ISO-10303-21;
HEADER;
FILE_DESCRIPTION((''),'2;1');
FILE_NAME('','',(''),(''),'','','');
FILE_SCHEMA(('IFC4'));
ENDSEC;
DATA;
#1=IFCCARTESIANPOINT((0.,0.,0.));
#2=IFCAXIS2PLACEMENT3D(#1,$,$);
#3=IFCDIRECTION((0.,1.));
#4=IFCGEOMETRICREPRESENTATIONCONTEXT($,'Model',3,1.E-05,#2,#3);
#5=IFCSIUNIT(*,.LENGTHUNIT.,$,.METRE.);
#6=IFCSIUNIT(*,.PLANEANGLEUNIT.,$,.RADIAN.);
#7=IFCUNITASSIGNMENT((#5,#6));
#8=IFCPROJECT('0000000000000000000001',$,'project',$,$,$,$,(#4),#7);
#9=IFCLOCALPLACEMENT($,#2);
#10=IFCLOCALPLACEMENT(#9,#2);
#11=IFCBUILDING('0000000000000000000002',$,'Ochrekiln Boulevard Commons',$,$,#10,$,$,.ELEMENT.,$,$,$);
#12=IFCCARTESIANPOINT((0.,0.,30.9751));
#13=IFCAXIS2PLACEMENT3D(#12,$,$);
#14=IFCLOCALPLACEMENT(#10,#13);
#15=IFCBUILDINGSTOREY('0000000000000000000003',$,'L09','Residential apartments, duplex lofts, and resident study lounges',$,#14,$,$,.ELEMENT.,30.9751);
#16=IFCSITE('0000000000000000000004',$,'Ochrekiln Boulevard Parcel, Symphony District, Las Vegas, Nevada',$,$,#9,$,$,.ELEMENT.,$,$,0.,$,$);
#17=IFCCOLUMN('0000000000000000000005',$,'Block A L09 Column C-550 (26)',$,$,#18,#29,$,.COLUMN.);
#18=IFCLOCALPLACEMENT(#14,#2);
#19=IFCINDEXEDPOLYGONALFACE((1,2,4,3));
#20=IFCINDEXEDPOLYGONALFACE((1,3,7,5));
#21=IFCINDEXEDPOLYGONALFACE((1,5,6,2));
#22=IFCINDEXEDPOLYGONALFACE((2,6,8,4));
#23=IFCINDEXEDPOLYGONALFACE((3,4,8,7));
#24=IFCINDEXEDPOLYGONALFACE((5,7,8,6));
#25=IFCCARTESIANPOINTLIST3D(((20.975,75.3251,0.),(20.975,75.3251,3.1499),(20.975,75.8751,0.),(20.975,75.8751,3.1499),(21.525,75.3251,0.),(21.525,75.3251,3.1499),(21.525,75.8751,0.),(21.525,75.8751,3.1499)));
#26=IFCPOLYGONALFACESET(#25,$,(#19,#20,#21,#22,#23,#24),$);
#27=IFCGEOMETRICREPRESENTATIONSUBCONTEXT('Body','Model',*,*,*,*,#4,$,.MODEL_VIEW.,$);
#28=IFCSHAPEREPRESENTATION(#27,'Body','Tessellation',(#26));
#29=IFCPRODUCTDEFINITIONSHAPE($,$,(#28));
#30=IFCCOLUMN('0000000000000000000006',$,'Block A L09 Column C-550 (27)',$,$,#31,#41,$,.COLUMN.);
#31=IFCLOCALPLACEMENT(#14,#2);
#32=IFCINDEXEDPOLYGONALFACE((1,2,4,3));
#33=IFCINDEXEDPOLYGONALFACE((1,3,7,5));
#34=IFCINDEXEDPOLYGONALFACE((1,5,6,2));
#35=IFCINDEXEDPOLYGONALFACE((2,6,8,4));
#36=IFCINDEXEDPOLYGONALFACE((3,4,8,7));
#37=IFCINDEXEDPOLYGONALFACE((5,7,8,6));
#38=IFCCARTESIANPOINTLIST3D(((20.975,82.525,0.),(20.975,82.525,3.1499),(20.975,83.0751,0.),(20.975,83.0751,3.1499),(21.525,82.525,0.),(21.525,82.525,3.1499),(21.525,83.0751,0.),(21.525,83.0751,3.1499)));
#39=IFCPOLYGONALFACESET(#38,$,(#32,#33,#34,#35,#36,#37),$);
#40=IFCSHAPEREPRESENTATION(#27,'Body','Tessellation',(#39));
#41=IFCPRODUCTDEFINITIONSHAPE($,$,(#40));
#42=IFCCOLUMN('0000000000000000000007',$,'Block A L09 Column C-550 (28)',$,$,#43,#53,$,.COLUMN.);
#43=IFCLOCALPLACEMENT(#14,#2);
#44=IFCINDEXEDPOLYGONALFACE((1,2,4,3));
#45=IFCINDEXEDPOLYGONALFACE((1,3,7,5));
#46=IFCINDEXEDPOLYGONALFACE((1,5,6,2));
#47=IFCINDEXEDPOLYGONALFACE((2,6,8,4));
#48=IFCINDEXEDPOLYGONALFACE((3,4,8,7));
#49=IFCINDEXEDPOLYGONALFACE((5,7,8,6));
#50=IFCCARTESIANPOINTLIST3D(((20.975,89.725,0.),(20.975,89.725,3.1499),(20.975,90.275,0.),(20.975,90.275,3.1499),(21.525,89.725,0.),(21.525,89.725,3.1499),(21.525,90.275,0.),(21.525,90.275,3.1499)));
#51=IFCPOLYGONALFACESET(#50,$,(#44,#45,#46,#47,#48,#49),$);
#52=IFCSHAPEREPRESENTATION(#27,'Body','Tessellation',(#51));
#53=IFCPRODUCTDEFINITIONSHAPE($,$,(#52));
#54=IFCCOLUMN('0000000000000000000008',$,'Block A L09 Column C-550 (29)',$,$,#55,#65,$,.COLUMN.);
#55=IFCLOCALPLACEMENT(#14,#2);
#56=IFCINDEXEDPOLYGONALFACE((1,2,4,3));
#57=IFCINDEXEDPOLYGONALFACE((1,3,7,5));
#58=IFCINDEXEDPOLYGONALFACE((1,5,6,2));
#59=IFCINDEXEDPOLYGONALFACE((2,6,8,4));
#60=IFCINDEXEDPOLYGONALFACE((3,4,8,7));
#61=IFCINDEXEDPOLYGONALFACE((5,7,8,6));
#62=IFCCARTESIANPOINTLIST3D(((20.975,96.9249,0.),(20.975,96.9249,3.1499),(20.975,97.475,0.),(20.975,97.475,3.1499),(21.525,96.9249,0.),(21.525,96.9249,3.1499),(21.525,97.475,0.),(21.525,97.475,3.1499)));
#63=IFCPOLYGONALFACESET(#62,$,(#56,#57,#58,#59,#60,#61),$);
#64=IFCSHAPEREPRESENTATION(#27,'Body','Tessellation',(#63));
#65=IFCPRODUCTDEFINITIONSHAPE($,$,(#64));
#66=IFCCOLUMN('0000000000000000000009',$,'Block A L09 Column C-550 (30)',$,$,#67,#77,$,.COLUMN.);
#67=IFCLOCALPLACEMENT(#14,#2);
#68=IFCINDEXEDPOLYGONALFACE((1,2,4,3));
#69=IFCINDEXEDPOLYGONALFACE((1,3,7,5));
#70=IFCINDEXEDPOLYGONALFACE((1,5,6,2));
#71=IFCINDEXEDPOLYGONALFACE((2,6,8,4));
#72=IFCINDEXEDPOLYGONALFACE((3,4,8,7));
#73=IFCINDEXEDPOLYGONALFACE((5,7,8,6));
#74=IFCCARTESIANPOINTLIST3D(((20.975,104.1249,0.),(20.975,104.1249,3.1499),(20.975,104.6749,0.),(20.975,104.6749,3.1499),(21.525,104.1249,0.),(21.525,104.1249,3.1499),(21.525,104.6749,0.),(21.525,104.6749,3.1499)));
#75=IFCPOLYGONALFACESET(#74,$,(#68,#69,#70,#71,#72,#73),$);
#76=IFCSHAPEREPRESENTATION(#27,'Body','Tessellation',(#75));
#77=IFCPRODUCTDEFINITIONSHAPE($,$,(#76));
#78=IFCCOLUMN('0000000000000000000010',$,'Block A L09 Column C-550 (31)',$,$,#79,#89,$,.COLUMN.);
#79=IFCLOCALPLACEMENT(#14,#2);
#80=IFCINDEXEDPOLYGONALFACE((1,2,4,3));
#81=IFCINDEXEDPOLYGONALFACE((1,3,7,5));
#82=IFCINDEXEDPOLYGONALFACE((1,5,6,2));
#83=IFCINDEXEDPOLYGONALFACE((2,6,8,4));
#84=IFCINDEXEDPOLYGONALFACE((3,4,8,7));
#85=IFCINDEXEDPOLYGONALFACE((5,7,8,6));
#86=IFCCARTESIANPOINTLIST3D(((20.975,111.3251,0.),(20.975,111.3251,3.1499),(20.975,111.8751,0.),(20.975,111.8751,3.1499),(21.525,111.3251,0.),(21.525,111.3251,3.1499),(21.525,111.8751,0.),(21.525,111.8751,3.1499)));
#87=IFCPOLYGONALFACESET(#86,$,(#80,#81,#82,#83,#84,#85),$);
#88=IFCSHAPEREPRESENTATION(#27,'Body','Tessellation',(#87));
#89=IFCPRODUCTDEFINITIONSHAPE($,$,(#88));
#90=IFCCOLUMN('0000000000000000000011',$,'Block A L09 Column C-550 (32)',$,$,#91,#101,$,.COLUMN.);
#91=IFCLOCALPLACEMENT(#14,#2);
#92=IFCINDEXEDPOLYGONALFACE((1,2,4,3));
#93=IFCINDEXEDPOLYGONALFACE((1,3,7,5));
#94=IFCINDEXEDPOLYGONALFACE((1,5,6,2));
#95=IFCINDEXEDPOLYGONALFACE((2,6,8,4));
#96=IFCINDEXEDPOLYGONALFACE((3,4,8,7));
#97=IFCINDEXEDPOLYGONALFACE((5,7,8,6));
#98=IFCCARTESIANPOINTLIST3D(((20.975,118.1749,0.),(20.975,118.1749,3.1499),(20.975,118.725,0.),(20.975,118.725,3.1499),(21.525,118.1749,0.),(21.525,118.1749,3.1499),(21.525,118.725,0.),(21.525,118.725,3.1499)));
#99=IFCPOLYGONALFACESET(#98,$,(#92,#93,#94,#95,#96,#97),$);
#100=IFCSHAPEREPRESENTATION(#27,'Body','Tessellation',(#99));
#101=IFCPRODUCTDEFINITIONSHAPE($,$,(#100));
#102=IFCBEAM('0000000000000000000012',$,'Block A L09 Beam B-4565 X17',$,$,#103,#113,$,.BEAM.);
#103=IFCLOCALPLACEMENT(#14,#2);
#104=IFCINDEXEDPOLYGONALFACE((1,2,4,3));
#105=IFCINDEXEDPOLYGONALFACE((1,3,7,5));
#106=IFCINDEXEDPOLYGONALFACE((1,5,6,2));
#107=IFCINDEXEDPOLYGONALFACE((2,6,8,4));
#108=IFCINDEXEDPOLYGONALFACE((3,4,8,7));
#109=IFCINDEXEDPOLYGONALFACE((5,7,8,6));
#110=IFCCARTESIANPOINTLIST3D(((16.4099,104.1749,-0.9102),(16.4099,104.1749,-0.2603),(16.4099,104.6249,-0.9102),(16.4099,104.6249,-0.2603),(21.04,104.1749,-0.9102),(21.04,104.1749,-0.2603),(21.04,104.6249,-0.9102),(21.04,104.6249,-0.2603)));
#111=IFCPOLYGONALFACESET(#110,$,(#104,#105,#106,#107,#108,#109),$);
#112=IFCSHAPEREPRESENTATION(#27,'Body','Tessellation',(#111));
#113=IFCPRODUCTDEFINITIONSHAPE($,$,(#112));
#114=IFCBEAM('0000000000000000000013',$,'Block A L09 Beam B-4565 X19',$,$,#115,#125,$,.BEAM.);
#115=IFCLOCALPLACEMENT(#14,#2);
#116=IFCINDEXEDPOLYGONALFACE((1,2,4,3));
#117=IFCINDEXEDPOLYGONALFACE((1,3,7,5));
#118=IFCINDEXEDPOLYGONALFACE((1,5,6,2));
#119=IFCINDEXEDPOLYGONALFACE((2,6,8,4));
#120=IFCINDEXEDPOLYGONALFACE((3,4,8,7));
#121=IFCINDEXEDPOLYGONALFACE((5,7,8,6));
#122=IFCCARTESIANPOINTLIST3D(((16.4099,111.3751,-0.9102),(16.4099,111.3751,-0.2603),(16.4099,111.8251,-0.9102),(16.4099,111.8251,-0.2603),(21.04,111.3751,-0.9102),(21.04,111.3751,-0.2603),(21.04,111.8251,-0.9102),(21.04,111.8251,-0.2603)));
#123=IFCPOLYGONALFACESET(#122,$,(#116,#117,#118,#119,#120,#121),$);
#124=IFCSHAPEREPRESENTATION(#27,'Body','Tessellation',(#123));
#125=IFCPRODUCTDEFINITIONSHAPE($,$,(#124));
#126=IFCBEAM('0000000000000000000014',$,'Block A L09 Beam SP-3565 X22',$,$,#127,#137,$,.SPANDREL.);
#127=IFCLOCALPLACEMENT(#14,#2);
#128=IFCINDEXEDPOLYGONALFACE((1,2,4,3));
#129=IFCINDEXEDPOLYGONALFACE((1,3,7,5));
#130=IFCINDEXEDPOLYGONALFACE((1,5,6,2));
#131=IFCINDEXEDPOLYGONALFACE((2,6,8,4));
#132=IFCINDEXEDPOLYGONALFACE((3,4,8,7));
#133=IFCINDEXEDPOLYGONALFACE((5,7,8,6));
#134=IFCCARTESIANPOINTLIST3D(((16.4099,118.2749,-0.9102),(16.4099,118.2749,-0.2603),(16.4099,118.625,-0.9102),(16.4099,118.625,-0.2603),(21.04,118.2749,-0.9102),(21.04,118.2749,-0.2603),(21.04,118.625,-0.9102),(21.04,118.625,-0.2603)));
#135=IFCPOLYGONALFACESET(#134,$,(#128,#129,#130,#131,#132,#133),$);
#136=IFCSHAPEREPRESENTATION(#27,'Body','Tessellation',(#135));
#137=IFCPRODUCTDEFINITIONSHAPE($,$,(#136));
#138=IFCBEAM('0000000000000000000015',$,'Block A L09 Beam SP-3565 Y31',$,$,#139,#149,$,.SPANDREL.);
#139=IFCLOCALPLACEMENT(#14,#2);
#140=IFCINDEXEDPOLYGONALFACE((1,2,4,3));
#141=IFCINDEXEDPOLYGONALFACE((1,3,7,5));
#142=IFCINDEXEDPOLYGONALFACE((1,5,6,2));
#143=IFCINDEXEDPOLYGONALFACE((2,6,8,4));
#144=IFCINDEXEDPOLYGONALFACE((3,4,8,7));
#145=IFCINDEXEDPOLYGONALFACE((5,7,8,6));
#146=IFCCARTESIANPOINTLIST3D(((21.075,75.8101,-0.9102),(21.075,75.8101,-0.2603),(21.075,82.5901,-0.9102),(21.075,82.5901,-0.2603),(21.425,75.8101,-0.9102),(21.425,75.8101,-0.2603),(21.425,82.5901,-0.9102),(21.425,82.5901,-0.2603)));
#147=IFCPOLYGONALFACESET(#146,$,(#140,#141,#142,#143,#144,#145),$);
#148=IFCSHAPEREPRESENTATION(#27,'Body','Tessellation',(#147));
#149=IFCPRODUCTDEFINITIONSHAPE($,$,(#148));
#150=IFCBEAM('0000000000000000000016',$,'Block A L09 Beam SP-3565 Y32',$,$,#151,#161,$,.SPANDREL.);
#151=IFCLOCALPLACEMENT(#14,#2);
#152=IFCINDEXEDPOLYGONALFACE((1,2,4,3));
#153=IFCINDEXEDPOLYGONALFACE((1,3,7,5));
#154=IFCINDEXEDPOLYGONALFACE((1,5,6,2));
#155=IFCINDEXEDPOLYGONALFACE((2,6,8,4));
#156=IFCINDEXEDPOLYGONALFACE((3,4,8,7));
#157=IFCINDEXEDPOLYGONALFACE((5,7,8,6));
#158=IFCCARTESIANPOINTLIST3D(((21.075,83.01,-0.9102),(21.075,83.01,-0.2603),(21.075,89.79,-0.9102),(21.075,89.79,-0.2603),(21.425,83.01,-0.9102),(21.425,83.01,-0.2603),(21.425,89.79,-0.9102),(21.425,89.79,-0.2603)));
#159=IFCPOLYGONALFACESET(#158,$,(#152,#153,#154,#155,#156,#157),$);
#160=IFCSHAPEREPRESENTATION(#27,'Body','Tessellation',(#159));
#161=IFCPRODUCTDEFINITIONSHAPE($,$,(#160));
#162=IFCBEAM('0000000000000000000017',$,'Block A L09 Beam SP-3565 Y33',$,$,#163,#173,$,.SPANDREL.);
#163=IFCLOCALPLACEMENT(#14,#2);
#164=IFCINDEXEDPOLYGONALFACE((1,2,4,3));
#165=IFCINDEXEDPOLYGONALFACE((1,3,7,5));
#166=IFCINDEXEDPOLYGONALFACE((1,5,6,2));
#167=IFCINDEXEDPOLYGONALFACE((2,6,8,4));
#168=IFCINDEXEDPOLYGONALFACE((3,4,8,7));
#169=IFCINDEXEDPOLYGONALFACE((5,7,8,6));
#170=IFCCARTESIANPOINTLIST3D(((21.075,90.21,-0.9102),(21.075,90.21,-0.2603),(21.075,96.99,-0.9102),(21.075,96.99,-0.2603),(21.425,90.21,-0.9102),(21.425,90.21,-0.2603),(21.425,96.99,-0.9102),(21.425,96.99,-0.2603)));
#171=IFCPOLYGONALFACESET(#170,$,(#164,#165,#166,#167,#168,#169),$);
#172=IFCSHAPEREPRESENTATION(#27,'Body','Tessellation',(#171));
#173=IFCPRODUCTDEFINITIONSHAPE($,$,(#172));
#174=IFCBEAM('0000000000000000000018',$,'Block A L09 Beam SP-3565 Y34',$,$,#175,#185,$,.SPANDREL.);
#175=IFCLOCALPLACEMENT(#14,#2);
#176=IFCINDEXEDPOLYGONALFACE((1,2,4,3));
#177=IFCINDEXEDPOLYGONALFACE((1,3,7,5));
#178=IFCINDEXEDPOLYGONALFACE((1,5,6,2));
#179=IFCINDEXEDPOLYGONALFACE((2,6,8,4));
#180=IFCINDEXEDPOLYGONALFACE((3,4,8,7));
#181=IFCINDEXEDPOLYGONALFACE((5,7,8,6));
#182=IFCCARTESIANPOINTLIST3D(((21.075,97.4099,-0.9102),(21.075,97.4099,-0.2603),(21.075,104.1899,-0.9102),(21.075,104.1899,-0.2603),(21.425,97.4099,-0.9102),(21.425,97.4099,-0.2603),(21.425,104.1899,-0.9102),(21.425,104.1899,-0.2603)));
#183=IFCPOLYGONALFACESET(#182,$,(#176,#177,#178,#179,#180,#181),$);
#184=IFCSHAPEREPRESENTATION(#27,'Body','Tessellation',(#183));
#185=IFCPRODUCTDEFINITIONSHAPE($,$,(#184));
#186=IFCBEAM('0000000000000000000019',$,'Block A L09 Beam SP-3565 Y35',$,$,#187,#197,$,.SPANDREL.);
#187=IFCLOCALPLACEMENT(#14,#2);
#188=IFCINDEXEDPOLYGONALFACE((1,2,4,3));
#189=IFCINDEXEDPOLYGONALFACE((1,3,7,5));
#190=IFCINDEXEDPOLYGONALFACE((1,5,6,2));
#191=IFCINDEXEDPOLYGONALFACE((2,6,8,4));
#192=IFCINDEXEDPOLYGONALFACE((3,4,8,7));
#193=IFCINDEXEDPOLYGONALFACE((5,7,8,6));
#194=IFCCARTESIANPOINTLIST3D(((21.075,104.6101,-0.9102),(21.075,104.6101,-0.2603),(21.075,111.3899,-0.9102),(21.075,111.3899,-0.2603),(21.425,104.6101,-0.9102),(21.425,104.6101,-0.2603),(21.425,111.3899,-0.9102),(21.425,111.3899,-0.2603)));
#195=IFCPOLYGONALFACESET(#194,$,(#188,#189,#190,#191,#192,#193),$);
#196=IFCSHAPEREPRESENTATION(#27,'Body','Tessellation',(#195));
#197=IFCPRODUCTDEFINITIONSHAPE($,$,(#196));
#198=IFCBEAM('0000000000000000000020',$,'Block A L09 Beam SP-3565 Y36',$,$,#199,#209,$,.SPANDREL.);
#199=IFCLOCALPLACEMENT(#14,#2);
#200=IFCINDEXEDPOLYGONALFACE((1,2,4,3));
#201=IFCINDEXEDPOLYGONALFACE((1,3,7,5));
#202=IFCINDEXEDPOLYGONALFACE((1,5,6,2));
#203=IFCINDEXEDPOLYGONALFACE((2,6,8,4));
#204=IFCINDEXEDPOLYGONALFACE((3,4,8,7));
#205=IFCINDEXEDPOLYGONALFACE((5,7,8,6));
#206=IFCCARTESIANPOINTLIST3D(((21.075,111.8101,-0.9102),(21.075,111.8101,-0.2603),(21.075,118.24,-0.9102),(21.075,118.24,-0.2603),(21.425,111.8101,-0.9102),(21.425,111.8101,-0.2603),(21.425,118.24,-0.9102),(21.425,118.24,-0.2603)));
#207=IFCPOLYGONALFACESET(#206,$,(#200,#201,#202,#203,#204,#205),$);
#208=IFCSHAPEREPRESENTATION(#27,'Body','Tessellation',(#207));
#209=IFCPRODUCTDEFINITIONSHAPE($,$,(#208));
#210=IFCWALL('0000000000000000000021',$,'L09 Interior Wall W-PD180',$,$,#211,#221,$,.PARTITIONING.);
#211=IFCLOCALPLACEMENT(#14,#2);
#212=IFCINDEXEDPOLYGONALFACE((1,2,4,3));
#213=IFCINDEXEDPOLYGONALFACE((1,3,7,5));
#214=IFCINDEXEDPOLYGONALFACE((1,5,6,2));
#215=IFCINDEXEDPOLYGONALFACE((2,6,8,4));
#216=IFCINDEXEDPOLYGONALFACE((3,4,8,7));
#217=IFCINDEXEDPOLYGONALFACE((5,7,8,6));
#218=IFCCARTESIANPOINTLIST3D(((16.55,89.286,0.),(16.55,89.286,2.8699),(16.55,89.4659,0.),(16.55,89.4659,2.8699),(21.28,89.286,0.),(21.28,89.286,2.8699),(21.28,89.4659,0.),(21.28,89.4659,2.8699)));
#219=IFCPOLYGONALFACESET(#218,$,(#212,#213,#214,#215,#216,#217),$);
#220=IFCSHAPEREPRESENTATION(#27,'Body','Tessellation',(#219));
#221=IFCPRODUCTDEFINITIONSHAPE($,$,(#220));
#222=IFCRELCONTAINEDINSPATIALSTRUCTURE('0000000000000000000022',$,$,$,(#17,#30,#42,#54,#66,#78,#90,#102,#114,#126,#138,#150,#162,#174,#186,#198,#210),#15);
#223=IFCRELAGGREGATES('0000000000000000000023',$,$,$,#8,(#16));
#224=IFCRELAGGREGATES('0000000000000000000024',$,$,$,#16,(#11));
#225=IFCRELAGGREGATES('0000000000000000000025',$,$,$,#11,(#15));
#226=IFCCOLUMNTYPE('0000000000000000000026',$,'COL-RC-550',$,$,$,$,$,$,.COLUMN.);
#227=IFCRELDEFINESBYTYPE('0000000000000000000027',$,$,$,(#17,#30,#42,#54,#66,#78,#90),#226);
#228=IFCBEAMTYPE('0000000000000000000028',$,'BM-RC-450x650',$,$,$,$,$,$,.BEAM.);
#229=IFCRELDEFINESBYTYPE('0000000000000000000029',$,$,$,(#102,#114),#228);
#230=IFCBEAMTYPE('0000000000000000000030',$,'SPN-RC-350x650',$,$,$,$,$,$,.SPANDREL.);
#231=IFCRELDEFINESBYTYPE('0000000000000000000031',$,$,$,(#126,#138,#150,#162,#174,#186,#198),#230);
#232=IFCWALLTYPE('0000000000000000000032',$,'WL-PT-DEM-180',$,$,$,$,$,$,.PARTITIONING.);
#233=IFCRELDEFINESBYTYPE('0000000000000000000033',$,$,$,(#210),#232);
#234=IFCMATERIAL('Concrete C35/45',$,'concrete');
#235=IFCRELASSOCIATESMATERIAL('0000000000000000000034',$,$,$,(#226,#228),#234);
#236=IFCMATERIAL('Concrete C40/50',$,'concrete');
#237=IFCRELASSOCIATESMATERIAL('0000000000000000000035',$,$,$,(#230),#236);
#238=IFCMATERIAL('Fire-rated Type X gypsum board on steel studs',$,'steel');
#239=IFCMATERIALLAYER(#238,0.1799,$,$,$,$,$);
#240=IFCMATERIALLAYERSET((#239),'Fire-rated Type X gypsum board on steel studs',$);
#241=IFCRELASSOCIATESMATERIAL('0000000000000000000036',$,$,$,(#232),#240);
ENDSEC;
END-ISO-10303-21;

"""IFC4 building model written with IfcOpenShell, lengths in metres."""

from ifc_helpers import new_model, si_unit, direction, frame, frame_2d, origin, origin_2d, place, context, subcontext, project, spatial, rectangle, extrude, material, layer, layer_set, material_profile, profile_set, type_object, element, save


model = new_model("IFC4")

# Units and contexts
model_context = context("Model", 3, precision=1e-05, world=origin(), true_north=direction((0.0, 1.0)))
body_context = subcontext(model_context, "Body", "Model", "MODEL_VIEW")
ifc_project = project(units=[si_unit("LENGTHUNIT", "METRE"), si_unit("PLANEANGLEUNIT", "RADIAN")], contexts=[model_context])

# Site, building, storey
site_placement = place(None, origin())
site = spatial("IfcSite", under=ifc_project, at=site_placement, Name="Ochrekiln Boulevard Parcel, Symphony District, Las Vegas, Nevada", CompositionType="ELEMENT", RefElevation=0.0)
building_placement = place(site_placement, origin())
building = spatial("IfcBuilding", under=site, at=building_placement, Name="Ochrekiln Boulevard Commons", CompositionType="ELEMENT")
storey_placement = place(building_placement, frame((0.0, 0.0, 30.9751)))
storey = spatial("IfcBuildingStorey", under=building, at=storey_placement, Name="L09", Description="Residential apartments, duplex lofts, and resident study lounges", CompositionType="ELEMENT", Elevation=30.9751)

# Columns
ifc_material_1 = material(Name="Concrete C35/45", Category="concrete")
ifc_material_profile_1 = material_profile(ifc_material_1, rectangle(XDim=0.55, YDim=0.55, at=origin_2d()), Name="RC-COL-550x550")
ifc_profile_set_1 = profile_set([ifc_material_profile_1], Name="Concrete C35/45")
column_type = type_object("IfcColumnType", Name="COL-RC-550", PredefinedType="COLUMN", material=ifc_profile_set_1)
for number, where, z_axis, x_axis, name in (
    (1, (21.25, 75.6001, 0.0), (0.0, 0.0, 1.0), (1.0, 0.0, 0.0), "Block A L09 Column C-550 (26)"),
    (2, (21.25, 82.8, 0.0), (0.0, 0.0, 1.0), (1.0, 0.0, 0.0), "Block A L09 Column C-550 (27)"),
    (3, (21.25, 90.0, 0.0), (0.0, 0.0, 1.0), (1.0, 0.0, 0.0), "Block A L09 Column C-550 (28)"),
    (4, (21.25, 97.2, 0.0), (0.0, 0.0, 1.0), (1.0, 0.0, 0.0), "Block A L09 Column C-550 (29)"),
    (5, (21.25, 104.3999, 0.0), (0.0, 0.0, 1.0), (1.0, 0.0, 0.0), "Block A L09 Column C-550 (30)"),
    (6, (21.25, 111.6001, 0.0), (0.0, 0.0, 1.0), (1.0, 0.0, 0.0), "Block A L09 Column C-550 (31)"),
    (7, (21.25, 118.45, 0.0), (0.0, 0.0, 1.0), (1.0, 0.0, 0.0), "Block A L09 Column C-550 (32)"),
):
    element("IfcColumn", number, at=place(storey_placement, frame(where, z_axis=z_axis, x_axis=x_axis)), inside=storey, type_object=column_type, Name=name, PredefinedType="COLUMN", context=body_context, shape_type="SweptSolid", body=[
        extrude(rectangle(XDim=0.55, YDim=0.55, at=origin_2d()), origin(), (0.0, 0.0, 1.0), 3.1499),
    ])

# Beams
ifc_material_profile_2 = material_profile(ifc_material_1, rectangle(XDim=0.45, YDim=0.6499, at=origin_2d()), Name="RC-BM-450x650")
ifc_profile_set_2 = profile_set([ifc_material_profile_2], Name="Concrete C35/45")
beam_type_1 = type_object("IfcBeamType", Name="BM-RC-450x650", PredefinedType="BEAM", material=ifc_profile_set_2)
for number, where, z_axis, x_axis, name in (
    (8, (16.4099, 104.3999, -0.5852), (1.0, 0.0, 0.0), (0.0, 1.0, 0.0), "Block A L09 Beam B-4565 X17"),
    (9, (16.4099, 111.6001, -0.5852), (1.0, 0.0, 0.0), (0.0, 1.0, 0.0), "Block A L09 Beam B-4565 X19"),
):
    element("IfcBeam", number, at=place(storey_placement, frame(where, z_axis=z_axis, x_axis=x_axis)), inside=storey, type_object=beam_type_1, Name=name, PredefinedType="BEAM", context=body_context, shape_type="SweptSolid", body=[
        extrude(rectangle(XDim=0.45, YDim=0.6499, at=origin_2d()), origin(), (0.0, 0.0, 1.0), 4.6301),
    ])
ifc_material_2 = material(Name="Concrete C40/50", Category="concrete")
ifc_material_profile_3 = material_profile(ifc_material_2, rectangle(XDim=0.3501, YDim=0.6499, at=origin_2d()), Name="RC-SPN-350x650")
ifc_profile_set_3 = profile_set([ifc_material_profile_3], Name="Concrete C40/50")
beam_type_2 = type_object("IfcBeamType", Name="SPN-RC-350x650", PredefinedType="SPANDREL", material=ifc_profile_set_3)
beam_1_placement = place(storey_placement, frame((16.4099, 118.45, -0.5852), z_axis=(1.0, 0.0, 0.0), x_axis=(0.0, 1.0, 0.0)))
element("IfcBeam", 10, at=beam_1_placement, inside=storey, type_object=beam_type_2, Name="Block A L09 Beam SP-3565 X22", PredefinedType="SPANDREL", context=body_context, shape_type="SweptSolid", body=[
    extrude(rectangle(XDim=0.3501, YDim=0.6499, at=origin_2d()), origin(), (0.0, 0.0, 1.0), 4.6301),
])
for number, where, z_axis, x_axis, name in (
    (11, (21.25, 75.8101, -0.5852), (0.0, 1.0, 0.0), (-1.0, 0.0, 0.0), "Block A L09 Beam SP-3565 Y31"),
    (12, (21.25, 83.01, -0.5852), (0.0, 1.0, 0.0), (-1.0, 0.0, 0.0), "Block A L09 Beam SP-3565 Y32"),
    (13, (21.25, 90.21, -0.5852), (0.0, 1.0, 0.0), (-1.0, 0.0, 0.0), "Block A L09 Beam SP-3565 Y33"),
    (14, (21.25, 97.4099, -0.5852), (0.0, 1.0, 0.0), (-1.0, 0.0, 0.0), "Block A L09 Beam SP-3565 Y34"),
):
    element("IfcBeam", number, at=place(storey_placement, frame(where, z_axis=z_axis, x_axis=x_axis)), inside=storey, type_object=beam_type_2, Name=name, PredefinedType="SPANDREL", context=body_context, shape_type="SweptSolid", body=[
        extrude(rectangle(XDim=0.3501, YDim=0.6499, at=origin_2d()), origin(), (0.0, 0.0, 1.0), 6.78),
    ])
beam_2_placement = place(storey_placement, frame((21.25, 104.6101, -0.5852), z_axis=(0.0, 1.0, 0.0), x_axis=(-1.0, 0.0, 0.0)))
element("IfcBeam", 15, at=beam_2_placement, inside=storey, type_object=beam_type_2, Name="Block A L09 Beam SP-3565 Y35", PredefinedType="SPANDREL", context=body_context, shape_type="SweptSolid", body=[
    extrude(rectangle(XDim=0.3501, YDim=0.6499, at=origin_2d()), origin(), (0.0, 0.0, 1.0), 6.7798),
])
beam_3_placement = place(storey_placement, frame((21.25, 111.8101, -0.5852), z_axis=(0.0, 1.0, 0.0), x_axis=(-1.0, 0.0, 0.0)))
element("IfcBeam", 16, at=beam_3_placement, inside=storey, type_object=beam_type_2, Name="Block A L09 Beam SP-3565 Y36", PredefinedType="SPANDREL", context=body_context, shape_type="SweptSolid", body=[
    extrude(rectangle(XDim=0.3501, YDim=0.6499, at=origin_2d()), origin(), (0.0, 0.0, 1.0), 6.4299),
])

# Wall
ifc_material_3 = material(Name="Fire-rated Type X gypsum board on steel studs", Category="steel")
ifc_layer_1 = layer(ifc_material_3, 0.1799)
ifc_layer_set_1 = layer_set([ifc_layer_1], Name="Fire-rated Type X gypsum board on steel studs")
wall_type_1 = type_object("IfcWallType", Name="WL-PT-DEM-180", PredefinedType="PARTITIONING", material=ifc_layer_set_1)
wall_1_placement = place(storey_placement, frame((16.55, 89.376, 0.0), z_axis=(0.0, 0.0, 1.0), x_axis=(1.0, 0.0, 0.0)))
element("IfcWall", 17, at=wall_1_placement, inside=storey, type_object=wall_type_1, Name="L09 Interior Wall W-PD180", PredefinedType="PARTITIONING", context=body_context, shape_type="SweptSolid", body=[
    extrude(rectangle(XDim=4.73, YDim=0.1799, at=frame_2d((2.365, 0.0))), origin(), (0.0, 0.0, 1.0), 2.8699),
])

save(model, "model.ifc")
